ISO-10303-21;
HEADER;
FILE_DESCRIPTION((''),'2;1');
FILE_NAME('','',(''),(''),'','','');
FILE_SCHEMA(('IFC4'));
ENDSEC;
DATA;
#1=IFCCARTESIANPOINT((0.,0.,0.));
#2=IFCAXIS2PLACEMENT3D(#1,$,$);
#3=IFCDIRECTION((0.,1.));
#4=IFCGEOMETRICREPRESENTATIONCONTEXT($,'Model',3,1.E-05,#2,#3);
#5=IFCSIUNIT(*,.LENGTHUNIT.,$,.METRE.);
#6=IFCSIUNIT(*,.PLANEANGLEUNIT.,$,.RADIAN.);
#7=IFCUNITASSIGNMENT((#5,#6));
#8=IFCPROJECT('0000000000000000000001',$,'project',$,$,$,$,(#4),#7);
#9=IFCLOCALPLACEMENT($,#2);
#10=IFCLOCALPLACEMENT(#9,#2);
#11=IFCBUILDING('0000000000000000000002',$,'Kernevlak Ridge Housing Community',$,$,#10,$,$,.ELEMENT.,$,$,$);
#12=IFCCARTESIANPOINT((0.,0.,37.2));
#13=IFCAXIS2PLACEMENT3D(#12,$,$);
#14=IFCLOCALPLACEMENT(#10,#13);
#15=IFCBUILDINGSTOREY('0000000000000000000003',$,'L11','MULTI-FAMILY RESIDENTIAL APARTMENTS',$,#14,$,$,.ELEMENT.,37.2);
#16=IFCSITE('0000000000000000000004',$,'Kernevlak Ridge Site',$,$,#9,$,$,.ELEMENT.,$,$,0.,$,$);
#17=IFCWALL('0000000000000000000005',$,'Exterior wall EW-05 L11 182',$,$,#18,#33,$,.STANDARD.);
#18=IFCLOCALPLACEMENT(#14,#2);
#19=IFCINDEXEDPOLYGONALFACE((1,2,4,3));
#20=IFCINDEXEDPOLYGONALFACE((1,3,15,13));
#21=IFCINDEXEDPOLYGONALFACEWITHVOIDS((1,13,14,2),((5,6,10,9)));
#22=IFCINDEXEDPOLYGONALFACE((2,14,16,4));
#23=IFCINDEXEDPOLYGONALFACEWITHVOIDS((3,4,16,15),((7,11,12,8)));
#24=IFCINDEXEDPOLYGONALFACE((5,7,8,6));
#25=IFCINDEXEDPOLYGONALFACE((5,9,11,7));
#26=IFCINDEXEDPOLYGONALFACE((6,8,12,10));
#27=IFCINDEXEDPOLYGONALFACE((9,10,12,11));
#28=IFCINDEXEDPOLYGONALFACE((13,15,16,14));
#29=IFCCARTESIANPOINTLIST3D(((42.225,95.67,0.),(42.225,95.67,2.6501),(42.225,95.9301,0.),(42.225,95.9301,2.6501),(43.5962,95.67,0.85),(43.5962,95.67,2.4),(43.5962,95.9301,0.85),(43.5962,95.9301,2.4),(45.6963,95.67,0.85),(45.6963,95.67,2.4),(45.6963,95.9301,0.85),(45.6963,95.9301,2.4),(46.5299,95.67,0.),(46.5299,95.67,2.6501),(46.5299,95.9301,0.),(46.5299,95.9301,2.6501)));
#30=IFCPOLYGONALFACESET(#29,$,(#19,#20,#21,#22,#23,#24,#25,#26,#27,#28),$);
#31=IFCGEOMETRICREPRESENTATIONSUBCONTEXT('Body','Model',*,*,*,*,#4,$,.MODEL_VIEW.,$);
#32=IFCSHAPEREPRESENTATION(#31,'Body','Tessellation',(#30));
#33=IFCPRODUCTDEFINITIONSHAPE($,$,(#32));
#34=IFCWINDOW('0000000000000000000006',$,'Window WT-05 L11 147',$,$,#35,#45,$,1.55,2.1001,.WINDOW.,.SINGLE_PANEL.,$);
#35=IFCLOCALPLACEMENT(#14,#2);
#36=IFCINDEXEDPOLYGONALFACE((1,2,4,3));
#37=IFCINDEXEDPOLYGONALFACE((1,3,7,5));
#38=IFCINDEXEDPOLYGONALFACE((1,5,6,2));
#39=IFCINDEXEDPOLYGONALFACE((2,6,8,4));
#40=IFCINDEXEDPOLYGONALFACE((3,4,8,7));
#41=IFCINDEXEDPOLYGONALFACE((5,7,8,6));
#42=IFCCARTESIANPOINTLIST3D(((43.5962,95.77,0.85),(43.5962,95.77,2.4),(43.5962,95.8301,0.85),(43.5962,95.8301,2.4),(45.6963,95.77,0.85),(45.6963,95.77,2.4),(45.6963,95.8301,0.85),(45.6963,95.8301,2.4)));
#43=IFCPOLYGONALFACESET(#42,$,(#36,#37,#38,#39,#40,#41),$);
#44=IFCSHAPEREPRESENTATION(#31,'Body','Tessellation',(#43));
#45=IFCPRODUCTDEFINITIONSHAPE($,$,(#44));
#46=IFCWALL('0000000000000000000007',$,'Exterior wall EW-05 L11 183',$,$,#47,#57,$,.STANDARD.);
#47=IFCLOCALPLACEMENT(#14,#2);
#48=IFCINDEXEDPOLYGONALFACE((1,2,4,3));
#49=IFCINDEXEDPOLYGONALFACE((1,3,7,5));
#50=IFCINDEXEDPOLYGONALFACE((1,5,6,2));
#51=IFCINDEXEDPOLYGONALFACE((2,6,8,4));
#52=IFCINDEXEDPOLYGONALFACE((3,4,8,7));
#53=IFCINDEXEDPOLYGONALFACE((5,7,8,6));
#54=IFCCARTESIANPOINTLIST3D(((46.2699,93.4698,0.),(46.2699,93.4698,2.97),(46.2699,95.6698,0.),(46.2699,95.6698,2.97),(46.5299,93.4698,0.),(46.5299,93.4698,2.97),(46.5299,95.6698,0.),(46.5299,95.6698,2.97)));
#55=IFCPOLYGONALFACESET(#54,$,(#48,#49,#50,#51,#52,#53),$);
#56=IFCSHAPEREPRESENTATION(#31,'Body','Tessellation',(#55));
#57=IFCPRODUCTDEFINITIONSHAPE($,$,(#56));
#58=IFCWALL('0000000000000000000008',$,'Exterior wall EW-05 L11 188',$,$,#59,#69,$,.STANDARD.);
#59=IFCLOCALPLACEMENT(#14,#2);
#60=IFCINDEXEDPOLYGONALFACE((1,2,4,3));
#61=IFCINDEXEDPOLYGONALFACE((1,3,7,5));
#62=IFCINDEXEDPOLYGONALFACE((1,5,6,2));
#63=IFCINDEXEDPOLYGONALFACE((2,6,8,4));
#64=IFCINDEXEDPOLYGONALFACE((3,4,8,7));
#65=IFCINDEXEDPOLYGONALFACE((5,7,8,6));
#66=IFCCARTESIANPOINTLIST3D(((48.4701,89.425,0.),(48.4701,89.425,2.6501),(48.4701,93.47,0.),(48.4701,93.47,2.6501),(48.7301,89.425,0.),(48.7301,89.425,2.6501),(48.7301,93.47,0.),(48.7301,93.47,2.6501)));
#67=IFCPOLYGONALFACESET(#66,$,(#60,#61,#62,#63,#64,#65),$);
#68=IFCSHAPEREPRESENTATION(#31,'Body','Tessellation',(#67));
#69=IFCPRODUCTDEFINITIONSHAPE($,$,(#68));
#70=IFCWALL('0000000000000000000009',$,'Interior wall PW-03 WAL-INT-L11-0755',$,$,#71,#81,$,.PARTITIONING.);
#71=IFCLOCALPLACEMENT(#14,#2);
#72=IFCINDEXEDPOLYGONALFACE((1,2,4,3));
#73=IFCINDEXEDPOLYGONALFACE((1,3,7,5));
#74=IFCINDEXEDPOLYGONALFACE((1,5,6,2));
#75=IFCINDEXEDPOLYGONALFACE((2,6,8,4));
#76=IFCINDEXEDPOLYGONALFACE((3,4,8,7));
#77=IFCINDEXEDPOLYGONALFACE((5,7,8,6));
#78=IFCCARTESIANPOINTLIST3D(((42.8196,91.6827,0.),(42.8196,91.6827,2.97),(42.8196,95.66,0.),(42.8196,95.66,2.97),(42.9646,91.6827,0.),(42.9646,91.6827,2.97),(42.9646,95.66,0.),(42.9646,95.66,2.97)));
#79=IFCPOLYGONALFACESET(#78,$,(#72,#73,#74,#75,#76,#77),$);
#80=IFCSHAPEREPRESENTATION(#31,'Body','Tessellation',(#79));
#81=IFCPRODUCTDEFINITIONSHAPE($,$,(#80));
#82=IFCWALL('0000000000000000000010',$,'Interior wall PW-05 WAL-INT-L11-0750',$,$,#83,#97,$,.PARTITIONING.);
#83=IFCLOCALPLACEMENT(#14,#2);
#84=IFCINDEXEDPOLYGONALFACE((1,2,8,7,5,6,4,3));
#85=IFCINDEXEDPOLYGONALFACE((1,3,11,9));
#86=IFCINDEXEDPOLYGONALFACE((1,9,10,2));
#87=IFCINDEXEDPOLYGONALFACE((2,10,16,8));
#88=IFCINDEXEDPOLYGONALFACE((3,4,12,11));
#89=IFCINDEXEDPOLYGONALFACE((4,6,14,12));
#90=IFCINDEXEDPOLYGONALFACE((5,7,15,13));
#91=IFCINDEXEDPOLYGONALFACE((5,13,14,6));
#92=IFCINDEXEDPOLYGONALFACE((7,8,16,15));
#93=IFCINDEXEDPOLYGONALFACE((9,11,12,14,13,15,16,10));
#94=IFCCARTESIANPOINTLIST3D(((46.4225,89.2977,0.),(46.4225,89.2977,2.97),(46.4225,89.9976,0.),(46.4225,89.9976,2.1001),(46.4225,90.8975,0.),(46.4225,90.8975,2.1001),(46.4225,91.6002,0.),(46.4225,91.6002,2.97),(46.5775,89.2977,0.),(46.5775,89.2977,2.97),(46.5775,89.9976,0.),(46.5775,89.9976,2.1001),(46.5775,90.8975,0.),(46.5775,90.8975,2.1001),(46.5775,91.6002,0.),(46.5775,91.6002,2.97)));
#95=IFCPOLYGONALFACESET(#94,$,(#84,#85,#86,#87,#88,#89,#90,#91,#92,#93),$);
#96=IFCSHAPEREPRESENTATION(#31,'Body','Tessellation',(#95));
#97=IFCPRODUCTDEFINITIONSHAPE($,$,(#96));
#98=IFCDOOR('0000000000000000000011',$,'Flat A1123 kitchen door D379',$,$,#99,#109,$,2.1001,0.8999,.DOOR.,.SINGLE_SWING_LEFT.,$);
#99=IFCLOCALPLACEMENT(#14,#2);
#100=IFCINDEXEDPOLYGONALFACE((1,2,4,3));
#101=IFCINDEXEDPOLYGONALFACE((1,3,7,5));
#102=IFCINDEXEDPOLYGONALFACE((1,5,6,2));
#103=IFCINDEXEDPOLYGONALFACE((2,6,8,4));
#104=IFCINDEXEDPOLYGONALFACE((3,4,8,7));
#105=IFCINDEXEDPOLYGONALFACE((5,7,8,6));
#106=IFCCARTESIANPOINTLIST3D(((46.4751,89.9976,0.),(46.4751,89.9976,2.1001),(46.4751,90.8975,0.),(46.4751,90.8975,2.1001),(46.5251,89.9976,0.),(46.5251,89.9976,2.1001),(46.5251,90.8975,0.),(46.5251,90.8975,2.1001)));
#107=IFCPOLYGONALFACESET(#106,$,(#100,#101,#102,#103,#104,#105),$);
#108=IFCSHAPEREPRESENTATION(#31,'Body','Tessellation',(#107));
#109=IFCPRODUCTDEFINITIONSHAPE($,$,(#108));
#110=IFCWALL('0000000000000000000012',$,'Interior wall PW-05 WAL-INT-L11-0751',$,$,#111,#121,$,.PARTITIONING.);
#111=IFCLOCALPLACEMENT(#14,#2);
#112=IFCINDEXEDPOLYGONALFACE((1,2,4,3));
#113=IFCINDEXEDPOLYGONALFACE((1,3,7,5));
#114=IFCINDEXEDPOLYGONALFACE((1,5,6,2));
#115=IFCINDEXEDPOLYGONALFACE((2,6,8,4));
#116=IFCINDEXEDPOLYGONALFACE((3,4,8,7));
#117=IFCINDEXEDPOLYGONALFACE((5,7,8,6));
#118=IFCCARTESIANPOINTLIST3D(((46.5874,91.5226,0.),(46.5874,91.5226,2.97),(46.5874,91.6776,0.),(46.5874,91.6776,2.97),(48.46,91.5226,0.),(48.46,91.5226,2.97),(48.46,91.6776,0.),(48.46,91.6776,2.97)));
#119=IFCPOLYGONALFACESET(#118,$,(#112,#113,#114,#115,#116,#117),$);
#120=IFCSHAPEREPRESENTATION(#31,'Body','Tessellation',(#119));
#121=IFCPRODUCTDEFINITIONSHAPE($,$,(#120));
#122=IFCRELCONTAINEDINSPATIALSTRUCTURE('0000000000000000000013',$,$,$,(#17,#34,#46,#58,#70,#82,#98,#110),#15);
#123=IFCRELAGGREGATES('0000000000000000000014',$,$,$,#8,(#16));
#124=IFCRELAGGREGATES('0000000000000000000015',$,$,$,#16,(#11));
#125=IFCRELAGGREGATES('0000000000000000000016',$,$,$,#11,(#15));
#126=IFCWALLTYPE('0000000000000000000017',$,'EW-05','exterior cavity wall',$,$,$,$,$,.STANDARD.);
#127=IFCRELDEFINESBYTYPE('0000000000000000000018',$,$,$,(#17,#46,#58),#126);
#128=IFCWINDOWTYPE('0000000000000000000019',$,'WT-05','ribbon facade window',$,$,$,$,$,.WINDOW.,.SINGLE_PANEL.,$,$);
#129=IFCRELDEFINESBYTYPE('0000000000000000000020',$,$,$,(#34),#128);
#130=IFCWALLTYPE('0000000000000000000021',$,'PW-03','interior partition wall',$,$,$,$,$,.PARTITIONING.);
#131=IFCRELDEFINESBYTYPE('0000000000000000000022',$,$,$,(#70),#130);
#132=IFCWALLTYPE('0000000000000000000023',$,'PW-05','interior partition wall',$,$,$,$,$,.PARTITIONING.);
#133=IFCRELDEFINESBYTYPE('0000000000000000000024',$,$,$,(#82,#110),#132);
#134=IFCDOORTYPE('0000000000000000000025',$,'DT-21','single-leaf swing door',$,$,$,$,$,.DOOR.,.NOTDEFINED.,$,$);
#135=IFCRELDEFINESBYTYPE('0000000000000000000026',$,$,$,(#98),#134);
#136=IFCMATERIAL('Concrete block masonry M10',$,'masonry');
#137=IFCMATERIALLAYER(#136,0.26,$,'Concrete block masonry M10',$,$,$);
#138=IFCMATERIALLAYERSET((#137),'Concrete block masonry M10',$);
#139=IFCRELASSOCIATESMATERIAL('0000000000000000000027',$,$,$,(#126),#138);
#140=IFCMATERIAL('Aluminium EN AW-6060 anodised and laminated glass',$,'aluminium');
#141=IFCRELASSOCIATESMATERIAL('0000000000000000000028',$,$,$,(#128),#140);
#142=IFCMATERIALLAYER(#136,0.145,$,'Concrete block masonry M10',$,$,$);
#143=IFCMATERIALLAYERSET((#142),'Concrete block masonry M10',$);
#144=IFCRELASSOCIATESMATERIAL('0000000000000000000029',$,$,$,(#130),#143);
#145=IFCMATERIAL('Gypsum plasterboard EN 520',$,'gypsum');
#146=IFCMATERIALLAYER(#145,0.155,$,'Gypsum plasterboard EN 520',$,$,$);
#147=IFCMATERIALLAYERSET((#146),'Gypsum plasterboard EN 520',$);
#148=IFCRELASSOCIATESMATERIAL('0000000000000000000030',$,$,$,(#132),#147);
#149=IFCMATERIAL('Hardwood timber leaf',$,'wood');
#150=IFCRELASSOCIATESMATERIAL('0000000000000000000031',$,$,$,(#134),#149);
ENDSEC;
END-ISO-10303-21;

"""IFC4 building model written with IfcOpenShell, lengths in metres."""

from ifc_helpers import new_model, si_unit, direction, frame, frame_2d, origin, place, context, subcontext, project, spatial, rectangle, extrude, material, layer, layer_set, type_object, element, fill, save


model = new_model("IFC4")

# Units and contexts
model_context = context("Model", 3, precision=1e-05, world=origin(), true_north=direction((0.0, 1.0)))
body_context = subcontext(model_context, "Body", "Model", "MODEL_VIEW")
ifc_project = project(units=[si_unit("LENGTHUNIT", "METRE"), si_unit("PLANEANGLEUNIT", "RADIAN")], contexts=[model_context])

# Site, building, storey
site_placement = place(None, origin())
site = spatial("IfcSite", under=ifc_project, at=site_placement, Name="Kernevlak Ridge Site", CompositionType="ELEMENT", RefElevation=0.0)
building_placement = place(site_placement, origin())
building = spatial("IfcBuilding", under=site, at=building_placement, Name="Kernevlak Ridge Housing Community", CompositionType="ELEMENT")
storey_placement = place(building_placement, frame((0.0, 0.0, 37.2)))
storey = spatial("IfcBuildingStorey", under=building, at=storey_placement, Name="L11", Description="MULTI-FAMILY RESIDENTIAL APARTMENTS", CompositionType="ELEMENT", Elevation=37.2)

# Shared definitions
ifc_material_1 = material(Name="Aluminium EN AW-6060 anodised and laminated glass", Category="aluminium")

# Wall, opening, window
ifc_material_2 = material(Name="Concrete block masonry M10", Category="masonry")
ifc_layer_1 = layer(ifc_material_2, 0.26, Name="Concrete block masonry M10")
ifc_layer_set_1 = layer_set([ifc_layer_1], Name="Concrete block masonry M10")
wall_type_1 = type_object("IfcWallType", Name="EW-05", Description="exterior cavity wall", PredefinedType="STANDARD", material=ifc_layer_set_1)
wall_1_placement = place(storey_placement, frame((42.2251, 95.8, 0.0), z_axis=(0.0, 0.0, 1.0), x_axis=(1.0, 0.0, 0.0)))
wall_1 = element("IfcWall", 1, at=wall_1_placement, inside=storey, type_object=wall_type_1, Name="Exterior wall EW-05 L11 182", PredefinedType="STANDARD", context=body_context, shape_type="SweptSolid", body=[
    extrude(rectangle(XDim=4.3049, YDim=0.26, at=frame_2d((2.1523, 0.0))), origin(), (0.0, 0.0, 1.0), 2.6501),
])
opening_1_placement = place(wall_1_placement, frame((1.3711, 0.0, 0.8501)))
opening_1 = element("IfcOpeningElement", 2, at=opening_1_placement, cuts=wall_1, PredefinedType="OPENING", context=body_context, shape_type="SweptSolid", body=[
    extrude(rectangle(XDim=2.1001, YDim=1.55, at=frame_2d((1.05, 0.7749))), frame((0.0, 0.1399, 0.0), z_axis=(0.0, -1.0, 0.0), x_axis=(1.0, 0.0, 0.0)), (0.0, 0.0, 1.0), 0.28),
])
window_type = type_object("IfcWindowType", Name="WT-05", Description="ribbon facade window", PartitioningType="SINGLE_PANEL", PredefinedType="WINDOW", material=ifc_material_1)
window_placement = place(opening_1_placement, origin())
window = element("IfcWindow", 3, at=window_placement, inside=storey, type_object=window_type, Name="Window WT-05 L11 147", OverallHeight=1.55, OverallWidth=2.1001, PartitioningType="SINGLE_PANEL", PredefinedType="WINDOW", context=body_context, shape_type="SweptSolid", body=[
    extrude(rectangle(XDim=2.1001, YDim=1.55, at=frame_2d((1.05, 0.7749))), frame((0.0, 0.03, 0.0), z_axis=(0.0, -1.0, 0.0), x_axis=(1.0, 0.0, 0.0)), (0.0, 0.0, 1.0), 0.0601),
])
fill(opening_1, window)

# Wall
wall_2_placement = place(storey_placement, frame((46.3999, 95.6699, 0.0), z_axis=(0.0, 0.0, 1.0), x_axis=(0.0, -1.0, 0.0)))
element("IfcWall", 4, at=wall_2_placement, inside=storey, type_object=wall_type_1, Name="Exterior wall EW-05 L11 183", PredefinedType="STANDARD", context=body_context, shape_type="SweptSolid", body=[
    extrude(rectangle(XDim=2.2, YDim=0.26, at=frame_2d((1.1001, 0.0))), origin(), (0.0, 0.0, 1.0), 2.97),
])

# Walls
wall_3_placement = place(storey_placement, frame((48.6001, 89.425, 0.0), z_axis=(0.0, 0.0, 1.0), x_axis=(0.0, 1.0, 0.0)))
element("IfcWall", 5, at=wall_3_placement, inside=storey, type_object=wall_type_1, Name="Exterior wall EW-05 L11 188", PredefinedType="STANDARD", context=body_context, shape_type="SweptSolid", body=[
    extrude(rectangle(XDim=4.0449, YDim=0.26, at=frame_2d((2.0225, 0.0))), origin(), (0.0, 0.0, 1.0), 2.6501),
])
ifc_layer_2 = layer(ifc_material_2, 0.145, Name="Concrete block masonry M10")
ifc_layer_set_2 = layer_set([ifc_layer_2], Name="Concrete block masonry M10")
wall_type_2 = type_object("IfcWallType", Name="PW-03", Description="interior partition wall", PredefinedType="PARTITIONING", material=ifc_layer_set_2)
wall_4_placement = place(storey_placement, frame((42.8921, 91.6826, 0.0), z_axis=(0.0, 0.0, 1.0), x_axis=(0.0, 1.0, 0.0)))
element("IfcWall", 6, at=wall_4_placement, inside=storey, type_object=wall_type_2, Name="Interior wall PW-03 WAL-INT-L11-0755", PredefinedType="PARTITIONING", context=body_context, shape_type="SweptSolid", body=[
    extrude(rectangle(XDim=3.9773, YDim=0.145, at=frame_2d((1.9888, 0.0))), origin(), (0.0, 0.0, 1.0), 2.97),
])

# Wall, opening, door
ifc_material_3 = material(Name="Gypsum plasterboard EN 520", Category="gypsum")
ifc_layer_3 = layer(ifc_material_3, 0.155, Name="Gypsum plasterboard EN 520")
ifc_layer_set_3 = layer_set([ifc_layer_3], Name="Gypsum plasterboard EN 520")
wall_type_3 = type_object("IfcWallType", Name="PW-05", Description="interior partition wall", PredefinedType="PARTITIONING", material=ifc_layer_set_3)
wall_5_placement = place(storey_placement, frame((46.5, 89.2976, 0.0), z_axis=(0.0, 0.0, 1.0), x_axis=(0.0, 1.0, 0.0)))
wall_5 = element("IfcWall", 7, at=wall_5_placement, inside=storey, type_object=wall_type_3, Name="Interior wall PW-05 WAL-INT-L11-0750", PredefinedType="PARTITIONING", context=body_context, shape_type="SweptSolid", body=[
    extrude(rectangle(XDim=2.3025, YDim=0.155, at=frame_2d((1.1514, 0.0))), origin(), (0.0, 0.0, 1.0), 2.97),
])
opening_2_placement = place(wall_5_placement, frame((0.7, 0.0, 0.0)))
opening_2 = element("IfcOpeningElement", 8, at=opening_2_placement, cuts=wall_5, PredefinedType="OPENING", context=body_context, shape_type="SweptSolid", body=[
    extrude(rectangle(XDim=0.8999, YDim=2.1001, at=frame_2d((0.45, 1.05))), frame((0.0, 0.0874, 0.0), z_axis=(0.0, -1.0, 0.0), x_axis=(1.0, 0.0, 0.0)), (0.0, 0.0, 1.0), 0.175),
])
ifc_material_4 = material(Name="Hardwood timber leaf", Category="wood")
door_type_1 = type_object("IfcDoorType", Name="DT-21", Description="single-leaf swing door", OperationType="NOTDEFINED", PredefinedType="DOOR", material=ifc_material_4)
door_1_placement = place(opening_2_placement, origin())
door_1 = element("IfcDoor", 9, at=door_1_placement, inside=storey, type_object=door_type_1, Name="Flat A1123 kitchen door D379", OperationType="SINGLE_SWING_LEFT", OverallHeight=2.1001, OverallWidth=0.8999, PredefinedType="DOOR", context=body_context, shape_type="SweptSolid", body=[
    extrude(rectangle(XDim=0.8999, YDim=2.1001, at=frame_2d((0.45, 1.05))), frame((0.0, 0.0249, 0.0), z_axis=(0.0, -1.0, 0.0), x_axis=(1.0, 0.0, 0.0)), (0.0, 0.0, 1.0), 0.05),
])
fill(opening_2, door_1)

# Wall
wall_6_placement = place(storey_placement, frame((46.5874, 91.6001, 0.0), z_axis=(0.0, 0.0, 1.0), x_axis=(1.0, 0.0, 0.0)))
element("IfcWall", 10, at=wall_6_placement, inside=storey, type_object=wall_type_3, Name="Interior wall PW-05 WAL-INT-L11-0751", PredefinedType="PARTITIONING", context=body_context, shape_type="SweptSolid", body=[
    extrude(rectangle(XDim=1.8726, YDim=0.155, at=frame_2d((0.9363, 0.0))), origin(), (0.0, 0.0, 1.0), 2.97),
])

save(model, "model.ifc")
